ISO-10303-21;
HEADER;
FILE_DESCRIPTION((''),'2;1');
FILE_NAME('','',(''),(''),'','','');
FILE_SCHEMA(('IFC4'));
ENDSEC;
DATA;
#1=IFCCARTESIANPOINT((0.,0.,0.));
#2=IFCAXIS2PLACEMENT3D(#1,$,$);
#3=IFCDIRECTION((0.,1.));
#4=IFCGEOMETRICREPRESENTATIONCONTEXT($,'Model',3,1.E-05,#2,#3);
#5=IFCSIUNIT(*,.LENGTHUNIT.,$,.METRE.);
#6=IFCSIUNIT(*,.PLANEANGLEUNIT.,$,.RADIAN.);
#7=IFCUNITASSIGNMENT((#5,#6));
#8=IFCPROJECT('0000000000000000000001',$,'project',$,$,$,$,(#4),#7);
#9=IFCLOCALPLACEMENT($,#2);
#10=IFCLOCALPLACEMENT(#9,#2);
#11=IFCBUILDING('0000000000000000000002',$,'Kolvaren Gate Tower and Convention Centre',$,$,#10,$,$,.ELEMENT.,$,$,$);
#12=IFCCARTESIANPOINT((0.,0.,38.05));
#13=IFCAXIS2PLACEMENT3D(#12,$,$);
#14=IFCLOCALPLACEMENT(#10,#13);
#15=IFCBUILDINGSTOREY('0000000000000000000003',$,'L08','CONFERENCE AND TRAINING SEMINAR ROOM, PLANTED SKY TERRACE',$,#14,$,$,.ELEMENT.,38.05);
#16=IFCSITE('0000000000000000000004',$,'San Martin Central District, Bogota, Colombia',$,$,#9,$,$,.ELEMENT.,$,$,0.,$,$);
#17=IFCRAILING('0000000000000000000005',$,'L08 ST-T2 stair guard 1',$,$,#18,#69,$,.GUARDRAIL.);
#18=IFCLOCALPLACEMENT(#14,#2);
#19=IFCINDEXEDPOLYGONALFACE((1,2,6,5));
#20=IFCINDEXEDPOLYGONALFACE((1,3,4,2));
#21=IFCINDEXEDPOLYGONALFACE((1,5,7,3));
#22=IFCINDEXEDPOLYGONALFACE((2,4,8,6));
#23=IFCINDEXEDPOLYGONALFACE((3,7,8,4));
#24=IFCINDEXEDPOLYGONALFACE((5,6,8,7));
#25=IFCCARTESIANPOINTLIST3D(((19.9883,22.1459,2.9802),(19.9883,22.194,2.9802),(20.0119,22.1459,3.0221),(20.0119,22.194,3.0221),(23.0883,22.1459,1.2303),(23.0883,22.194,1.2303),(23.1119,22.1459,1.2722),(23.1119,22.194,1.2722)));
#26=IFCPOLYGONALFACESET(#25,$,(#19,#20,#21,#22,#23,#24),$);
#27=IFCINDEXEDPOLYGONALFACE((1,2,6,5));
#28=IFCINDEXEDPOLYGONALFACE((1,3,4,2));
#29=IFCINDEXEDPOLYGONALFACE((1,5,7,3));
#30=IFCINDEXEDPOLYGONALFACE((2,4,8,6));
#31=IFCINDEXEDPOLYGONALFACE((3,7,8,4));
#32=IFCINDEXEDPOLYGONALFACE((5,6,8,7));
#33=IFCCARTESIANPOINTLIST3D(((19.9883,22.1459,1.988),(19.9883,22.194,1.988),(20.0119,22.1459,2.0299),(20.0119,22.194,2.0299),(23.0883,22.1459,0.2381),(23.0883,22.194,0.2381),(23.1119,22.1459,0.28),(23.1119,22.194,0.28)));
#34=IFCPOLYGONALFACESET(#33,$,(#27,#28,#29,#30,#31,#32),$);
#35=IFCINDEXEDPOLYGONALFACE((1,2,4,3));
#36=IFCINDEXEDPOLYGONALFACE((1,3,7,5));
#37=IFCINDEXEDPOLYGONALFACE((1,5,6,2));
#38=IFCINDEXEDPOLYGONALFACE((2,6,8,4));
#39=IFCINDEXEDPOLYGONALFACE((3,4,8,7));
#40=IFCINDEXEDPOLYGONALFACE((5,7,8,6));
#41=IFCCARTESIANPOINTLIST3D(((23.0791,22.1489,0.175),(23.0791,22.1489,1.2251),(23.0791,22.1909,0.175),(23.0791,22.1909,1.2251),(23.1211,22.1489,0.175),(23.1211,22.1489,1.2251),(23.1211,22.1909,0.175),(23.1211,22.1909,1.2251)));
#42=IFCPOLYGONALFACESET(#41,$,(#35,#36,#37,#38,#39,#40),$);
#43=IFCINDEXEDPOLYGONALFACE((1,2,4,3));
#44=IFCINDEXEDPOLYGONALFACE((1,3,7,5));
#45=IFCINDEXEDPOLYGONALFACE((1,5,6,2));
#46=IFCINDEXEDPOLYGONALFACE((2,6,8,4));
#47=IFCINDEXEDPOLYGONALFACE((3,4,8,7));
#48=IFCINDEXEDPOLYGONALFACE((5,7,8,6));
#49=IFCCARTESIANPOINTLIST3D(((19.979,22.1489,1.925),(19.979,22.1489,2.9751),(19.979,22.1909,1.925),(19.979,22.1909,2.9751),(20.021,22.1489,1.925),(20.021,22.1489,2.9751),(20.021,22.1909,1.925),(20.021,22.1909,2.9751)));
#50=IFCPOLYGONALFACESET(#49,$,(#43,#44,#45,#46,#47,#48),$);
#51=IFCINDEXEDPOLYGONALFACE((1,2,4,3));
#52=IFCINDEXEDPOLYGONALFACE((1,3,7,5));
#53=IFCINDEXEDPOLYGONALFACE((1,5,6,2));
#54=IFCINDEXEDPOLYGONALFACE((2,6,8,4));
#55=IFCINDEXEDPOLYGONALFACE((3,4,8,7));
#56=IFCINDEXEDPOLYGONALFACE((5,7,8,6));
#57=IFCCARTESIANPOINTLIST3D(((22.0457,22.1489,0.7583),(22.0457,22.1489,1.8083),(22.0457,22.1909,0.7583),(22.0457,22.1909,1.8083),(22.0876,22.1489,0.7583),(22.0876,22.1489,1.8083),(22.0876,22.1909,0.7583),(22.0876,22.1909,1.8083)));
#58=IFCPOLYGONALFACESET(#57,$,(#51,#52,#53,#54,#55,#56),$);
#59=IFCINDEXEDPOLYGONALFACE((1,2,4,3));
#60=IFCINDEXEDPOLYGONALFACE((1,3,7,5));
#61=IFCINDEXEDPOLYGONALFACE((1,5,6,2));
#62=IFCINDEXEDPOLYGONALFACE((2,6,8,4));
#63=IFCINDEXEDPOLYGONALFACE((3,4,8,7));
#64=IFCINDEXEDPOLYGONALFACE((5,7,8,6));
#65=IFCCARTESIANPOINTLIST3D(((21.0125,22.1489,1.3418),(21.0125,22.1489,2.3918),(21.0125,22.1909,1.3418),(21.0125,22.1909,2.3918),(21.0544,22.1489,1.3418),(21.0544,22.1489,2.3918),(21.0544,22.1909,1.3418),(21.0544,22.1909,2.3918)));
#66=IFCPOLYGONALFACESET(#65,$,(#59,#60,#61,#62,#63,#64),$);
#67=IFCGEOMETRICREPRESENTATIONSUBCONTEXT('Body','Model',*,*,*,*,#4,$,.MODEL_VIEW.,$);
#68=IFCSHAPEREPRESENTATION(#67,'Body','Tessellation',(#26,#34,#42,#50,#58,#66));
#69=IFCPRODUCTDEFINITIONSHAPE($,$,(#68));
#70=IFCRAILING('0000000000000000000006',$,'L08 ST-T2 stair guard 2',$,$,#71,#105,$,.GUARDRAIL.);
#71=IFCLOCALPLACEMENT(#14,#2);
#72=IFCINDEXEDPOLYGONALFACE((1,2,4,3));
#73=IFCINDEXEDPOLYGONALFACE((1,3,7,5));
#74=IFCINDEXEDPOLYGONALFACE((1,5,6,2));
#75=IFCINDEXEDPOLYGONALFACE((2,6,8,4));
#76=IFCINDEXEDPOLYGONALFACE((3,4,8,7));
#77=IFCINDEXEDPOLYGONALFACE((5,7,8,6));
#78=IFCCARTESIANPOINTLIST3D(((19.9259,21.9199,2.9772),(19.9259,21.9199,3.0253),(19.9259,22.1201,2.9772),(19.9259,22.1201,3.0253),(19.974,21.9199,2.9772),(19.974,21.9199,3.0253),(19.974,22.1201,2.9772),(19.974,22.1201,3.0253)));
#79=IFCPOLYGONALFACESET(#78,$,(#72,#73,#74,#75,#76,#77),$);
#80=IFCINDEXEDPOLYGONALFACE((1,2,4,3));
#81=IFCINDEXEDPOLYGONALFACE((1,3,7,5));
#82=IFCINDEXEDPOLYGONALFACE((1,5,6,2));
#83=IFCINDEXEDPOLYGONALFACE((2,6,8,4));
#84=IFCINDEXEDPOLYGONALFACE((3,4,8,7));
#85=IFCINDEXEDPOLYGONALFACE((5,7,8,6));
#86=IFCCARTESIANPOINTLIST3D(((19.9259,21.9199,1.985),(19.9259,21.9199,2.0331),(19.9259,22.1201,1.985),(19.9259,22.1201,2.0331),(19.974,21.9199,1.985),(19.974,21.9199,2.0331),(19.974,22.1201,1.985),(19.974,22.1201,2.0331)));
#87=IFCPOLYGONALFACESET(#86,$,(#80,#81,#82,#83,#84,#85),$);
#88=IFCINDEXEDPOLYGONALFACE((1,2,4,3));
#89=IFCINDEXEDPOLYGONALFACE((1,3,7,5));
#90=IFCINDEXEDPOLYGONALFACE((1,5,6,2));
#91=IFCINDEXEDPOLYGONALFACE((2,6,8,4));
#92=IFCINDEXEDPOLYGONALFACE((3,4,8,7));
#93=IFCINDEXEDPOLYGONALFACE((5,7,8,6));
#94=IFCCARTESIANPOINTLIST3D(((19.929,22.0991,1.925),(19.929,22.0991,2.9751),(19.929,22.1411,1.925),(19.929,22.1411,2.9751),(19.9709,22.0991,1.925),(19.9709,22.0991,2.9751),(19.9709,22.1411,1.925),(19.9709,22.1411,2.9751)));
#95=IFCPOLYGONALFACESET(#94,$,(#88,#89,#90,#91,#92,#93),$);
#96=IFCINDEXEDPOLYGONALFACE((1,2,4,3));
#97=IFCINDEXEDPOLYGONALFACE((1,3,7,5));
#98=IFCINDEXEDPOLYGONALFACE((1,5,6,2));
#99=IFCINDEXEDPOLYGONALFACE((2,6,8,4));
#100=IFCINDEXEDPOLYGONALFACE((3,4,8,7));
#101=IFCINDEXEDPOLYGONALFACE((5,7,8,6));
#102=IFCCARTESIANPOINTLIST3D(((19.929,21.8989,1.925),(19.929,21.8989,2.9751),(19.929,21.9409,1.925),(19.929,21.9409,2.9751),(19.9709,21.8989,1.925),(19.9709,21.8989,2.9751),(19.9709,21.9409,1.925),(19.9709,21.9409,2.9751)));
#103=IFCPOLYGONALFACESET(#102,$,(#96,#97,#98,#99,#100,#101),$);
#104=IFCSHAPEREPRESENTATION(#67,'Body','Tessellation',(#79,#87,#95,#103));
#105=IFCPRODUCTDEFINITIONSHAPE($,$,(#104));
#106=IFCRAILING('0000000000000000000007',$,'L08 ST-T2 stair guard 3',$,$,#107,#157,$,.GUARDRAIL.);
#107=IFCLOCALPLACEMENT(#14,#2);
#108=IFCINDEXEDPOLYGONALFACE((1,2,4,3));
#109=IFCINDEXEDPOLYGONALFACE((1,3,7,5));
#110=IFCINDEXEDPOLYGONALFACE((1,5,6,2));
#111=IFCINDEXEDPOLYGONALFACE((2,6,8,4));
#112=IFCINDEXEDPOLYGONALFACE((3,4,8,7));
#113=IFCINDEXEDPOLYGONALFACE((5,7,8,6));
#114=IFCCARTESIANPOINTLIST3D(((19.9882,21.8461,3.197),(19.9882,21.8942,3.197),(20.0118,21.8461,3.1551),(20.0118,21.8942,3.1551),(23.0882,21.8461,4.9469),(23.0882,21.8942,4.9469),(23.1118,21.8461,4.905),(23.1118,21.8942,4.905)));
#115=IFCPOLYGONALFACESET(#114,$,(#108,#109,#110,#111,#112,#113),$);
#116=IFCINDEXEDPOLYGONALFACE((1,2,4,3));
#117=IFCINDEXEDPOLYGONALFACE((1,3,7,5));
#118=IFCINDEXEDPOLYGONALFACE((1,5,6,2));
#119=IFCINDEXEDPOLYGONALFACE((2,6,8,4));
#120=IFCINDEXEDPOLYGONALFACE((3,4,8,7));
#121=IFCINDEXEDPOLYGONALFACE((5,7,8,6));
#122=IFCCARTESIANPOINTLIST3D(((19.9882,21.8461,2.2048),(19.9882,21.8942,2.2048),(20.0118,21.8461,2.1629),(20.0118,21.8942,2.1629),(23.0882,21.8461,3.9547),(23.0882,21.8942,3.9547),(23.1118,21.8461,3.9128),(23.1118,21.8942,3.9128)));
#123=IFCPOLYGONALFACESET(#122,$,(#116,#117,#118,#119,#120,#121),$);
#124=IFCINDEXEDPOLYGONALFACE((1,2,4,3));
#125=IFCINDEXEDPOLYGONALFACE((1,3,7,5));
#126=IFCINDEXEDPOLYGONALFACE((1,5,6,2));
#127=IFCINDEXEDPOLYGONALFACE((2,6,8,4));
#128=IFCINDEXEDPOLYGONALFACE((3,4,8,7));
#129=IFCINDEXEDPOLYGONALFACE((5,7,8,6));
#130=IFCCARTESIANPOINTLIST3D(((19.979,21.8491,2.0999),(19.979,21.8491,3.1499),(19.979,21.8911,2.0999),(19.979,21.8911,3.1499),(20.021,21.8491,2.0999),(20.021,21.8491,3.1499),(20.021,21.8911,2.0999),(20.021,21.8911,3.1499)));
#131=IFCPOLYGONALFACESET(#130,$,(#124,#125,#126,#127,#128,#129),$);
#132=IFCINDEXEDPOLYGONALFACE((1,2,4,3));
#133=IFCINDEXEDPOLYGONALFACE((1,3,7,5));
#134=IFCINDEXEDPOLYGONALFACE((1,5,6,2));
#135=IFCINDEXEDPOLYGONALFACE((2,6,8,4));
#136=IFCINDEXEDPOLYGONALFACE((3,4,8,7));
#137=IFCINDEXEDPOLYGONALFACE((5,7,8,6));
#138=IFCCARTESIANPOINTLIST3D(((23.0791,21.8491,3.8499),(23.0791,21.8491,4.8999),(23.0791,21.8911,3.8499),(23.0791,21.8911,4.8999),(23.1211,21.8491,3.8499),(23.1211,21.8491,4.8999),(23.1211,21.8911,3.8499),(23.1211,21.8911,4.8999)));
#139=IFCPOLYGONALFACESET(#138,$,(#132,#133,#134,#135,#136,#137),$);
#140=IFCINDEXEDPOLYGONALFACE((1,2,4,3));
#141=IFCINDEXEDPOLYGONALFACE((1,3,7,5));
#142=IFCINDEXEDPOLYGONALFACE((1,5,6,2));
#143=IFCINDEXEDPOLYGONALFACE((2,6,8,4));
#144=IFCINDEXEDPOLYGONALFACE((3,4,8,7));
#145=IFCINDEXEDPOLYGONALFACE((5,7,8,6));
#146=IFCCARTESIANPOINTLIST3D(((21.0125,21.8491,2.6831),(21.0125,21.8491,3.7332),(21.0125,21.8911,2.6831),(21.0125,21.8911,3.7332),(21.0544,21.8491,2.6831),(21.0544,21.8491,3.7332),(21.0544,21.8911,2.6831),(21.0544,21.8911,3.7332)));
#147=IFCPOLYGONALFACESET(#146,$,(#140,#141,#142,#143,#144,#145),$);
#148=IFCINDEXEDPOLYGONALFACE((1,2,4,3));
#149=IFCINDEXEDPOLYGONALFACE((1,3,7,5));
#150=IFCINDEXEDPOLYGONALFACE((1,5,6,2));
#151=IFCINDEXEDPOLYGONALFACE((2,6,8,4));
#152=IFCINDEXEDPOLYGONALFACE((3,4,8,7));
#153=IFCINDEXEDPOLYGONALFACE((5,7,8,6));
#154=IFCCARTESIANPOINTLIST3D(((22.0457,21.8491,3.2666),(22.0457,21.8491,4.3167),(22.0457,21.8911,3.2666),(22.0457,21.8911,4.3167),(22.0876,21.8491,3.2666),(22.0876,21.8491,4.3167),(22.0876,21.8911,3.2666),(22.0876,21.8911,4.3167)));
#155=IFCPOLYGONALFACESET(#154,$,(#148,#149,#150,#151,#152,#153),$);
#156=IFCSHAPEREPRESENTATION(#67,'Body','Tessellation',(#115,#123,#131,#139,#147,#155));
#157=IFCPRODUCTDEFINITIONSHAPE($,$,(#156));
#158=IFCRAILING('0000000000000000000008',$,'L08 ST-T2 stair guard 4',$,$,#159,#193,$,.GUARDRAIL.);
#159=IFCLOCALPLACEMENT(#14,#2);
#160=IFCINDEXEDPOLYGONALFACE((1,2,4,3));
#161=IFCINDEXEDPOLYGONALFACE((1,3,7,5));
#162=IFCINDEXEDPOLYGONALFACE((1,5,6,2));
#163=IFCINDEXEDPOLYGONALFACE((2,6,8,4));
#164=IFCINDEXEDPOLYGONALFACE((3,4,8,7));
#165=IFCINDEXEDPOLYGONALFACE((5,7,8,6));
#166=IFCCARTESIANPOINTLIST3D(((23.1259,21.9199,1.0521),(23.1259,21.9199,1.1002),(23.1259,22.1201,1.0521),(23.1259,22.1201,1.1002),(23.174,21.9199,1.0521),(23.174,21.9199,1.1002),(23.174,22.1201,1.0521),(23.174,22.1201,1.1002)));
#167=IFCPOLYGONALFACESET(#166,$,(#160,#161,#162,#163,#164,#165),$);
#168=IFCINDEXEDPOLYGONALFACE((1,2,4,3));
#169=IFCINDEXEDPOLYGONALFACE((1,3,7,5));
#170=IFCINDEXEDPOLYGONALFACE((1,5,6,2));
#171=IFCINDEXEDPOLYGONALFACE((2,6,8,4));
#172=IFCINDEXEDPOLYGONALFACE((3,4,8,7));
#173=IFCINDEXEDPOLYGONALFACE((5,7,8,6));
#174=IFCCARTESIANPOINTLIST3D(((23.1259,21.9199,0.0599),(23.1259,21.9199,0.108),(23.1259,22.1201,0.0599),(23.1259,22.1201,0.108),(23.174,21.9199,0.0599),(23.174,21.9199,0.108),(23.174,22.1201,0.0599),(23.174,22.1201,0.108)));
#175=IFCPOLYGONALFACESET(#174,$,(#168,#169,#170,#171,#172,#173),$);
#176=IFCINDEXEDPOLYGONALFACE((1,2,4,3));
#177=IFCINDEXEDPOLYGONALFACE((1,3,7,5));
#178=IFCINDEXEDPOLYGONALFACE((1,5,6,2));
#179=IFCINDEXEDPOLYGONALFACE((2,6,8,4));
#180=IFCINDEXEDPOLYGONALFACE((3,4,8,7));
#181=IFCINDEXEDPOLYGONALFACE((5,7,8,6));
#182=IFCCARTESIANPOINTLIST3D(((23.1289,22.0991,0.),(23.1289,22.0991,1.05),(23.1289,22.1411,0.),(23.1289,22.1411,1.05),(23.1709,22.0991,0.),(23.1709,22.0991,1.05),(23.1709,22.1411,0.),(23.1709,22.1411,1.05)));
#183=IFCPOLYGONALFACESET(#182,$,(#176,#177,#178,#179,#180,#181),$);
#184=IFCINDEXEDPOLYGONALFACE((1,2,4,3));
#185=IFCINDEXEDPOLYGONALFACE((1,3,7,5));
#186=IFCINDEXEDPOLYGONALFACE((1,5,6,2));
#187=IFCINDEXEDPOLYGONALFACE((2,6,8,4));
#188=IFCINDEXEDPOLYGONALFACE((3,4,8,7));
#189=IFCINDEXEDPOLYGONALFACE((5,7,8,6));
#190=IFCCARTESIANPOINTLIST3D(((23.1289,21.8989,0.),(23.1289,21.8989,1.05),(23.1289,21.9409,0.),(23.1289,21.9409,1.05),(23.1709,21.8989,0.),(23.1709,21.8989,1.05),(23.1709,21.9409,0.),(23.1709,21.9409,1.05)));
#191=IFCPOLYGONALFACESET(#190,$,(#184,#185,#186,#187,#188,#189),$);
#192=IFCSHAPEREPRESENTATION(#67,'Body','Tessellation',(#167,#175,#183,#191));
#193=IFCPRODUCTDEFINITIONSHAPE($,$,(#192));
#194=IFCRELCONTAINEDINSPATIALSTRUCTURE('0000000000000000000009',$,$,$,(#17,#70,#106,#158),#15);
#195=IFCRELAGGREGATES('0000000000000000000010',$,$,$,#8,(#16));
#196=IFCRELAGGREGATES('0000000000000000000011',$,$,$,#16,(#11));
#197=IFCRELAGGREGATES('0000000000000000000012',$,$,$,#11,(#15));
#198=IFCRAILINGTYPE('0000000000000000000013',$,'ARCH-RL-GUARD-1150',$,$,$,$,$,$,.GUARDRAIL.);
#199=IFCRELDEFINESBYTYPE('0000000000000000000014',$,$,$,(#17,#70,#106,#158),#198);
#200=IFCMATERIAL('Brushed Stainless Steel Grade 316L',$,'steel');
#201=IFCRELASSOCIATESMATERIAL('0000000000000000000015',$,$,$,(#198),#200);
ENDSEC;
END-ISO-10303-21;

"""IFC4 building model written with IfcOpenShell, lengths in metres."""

from ifc_helpers import new_model, si_unit, direction, frame, origin, origin_2d, place, context, subcontext, project, spatial, rectangle, extrude, material, type_object, element, save


model = new_model("IFC4")

# Units and contexts
model_context = context("Model", 3, precision=1e-05, world=origin(), true_north=direction((0.0, 1.0)))
body_context = subcontext(model_context, "Body", "Model", "MODEL_VIEW")
ifc_project = project(units=[si_unit("LENGTHUNIT", "METRE"), si_unit("PLANEANGLEUNIT", "RADIAN")], contexts=[model_context])

# Site, building, storey
site_placement = place(None, origin())
site = spatial("IfcSite", under=ifc_project, at=site_placement, Name="San Martin Central District, Bogota, Colombia", CompositionType="ELEMENT", RefElevation=0.0)
building_placement = place(site_placement, origin())
building = spatial("IfcBuilding", under=site, at=building_placement, Name="Kolvaren Gate Tower and Convention Centre", CompositionType="ELEMENT")
storey_placement = place(building_placement, frame((0.0, 0.0, 38.05)))
storey = spatial("IfcBuildingStorey", under=building, at=storey_placement, Name="L08", Description="CONFERENCE AND TRAINING SEMINAR ROOM, PLANTED SKY TERRACE", CompositionType="ELEMENT", Elevation=38.05)

# Shared definitions
ifc_material_1 = material(Name="Brushed Stainless Steel Grade 316L", Category="steel")

# Railings
railing_type_1 = type_object("IfcRailingType", Name="ARCH-RL-GUARD-1150", PredefinedType="GUARDRAIL", material=ifc_material_1)
railing_1_placement = place(storey_placement, frame((23.1001, 22.1699, 0.175)))
element("IfcRailing", 1, at=railing_1_placement, inside=storey, type_object=railing_type_1, Name="L08 ST-T2 stair guard 1", PredefinedType="GUARDRAIL", context=body_context, shape_type="SweptSolid", body=[
    extrude(rectangle(XDim=0.0481, YDim=0.0481, at=origin_2d()), frame((0.0, 0.0, 1.0762), z_axis=(-0.870831, 0.0, 0.491583), x_axis=(0.0, -1.0, 0.0)), (0.0, 0.0, 1.0), 3.5598),
    extrude(rectangle(XDim=0.0481, YDim=0.0481, at=origin_2d()), frame((0.0, 0.0, 0.084), z_axis=(-0.870831, 0.0, 0.491583), x_axis=(0.0, -1.0, 0.0)), (0.0, 0.0, 1.0), 3.5598),
    extrude(rectangle(XDim=0.042, YDim=0.042, at=origin_2d()), origin(), (0.0, 0.0, 1.0), 1.05),
    extrude(rectangle(XDim=0.042, YDim=0.042, at=origin_2d()), frame((-3.1001, 0.0, 1.75)), (0.0, 0.0, 1.0), 1.05),
    extrude(rectangle(XDim=0.042, YDim=0.042, at=origin_2d()), frame((-1.0334, 0.0, 0.5833)), (0.0, 0.0, 1.0), 1.05),
    extrude(rectangle(XDim=0.042, YDim=0.042, at=origin_2d()), frame((-2.0667, 0.0, 1.1667)), (0.0, 0.0, 1.0), 1.05),
])
railing_2_placement = place(storey_placement, frame((19.95, 22.1201, 1.925)))
element("IfcRailing", 2, at=railing_2_placement, inside=storey, type_object=railing_type_1, Name="L08 ST-T2 stair guard 2", PredefinedType="GUARDRAIL", context=body_context, shape_type="SweptSolid", body=[
    extrude(rectangle(XDim=0.0481, YDim=0.0481, at=origin_2d()), frame((0.0, 0.0, 1.0762), z_axis=(0.0, -1.0, 0.0), x_axis=(1.0, 0.0, 0.0)), (0.0, 0.0, 1.0), 0.2002),
    extrude(rectangle(XDim=0.0481, YDim=0.0481, at=origin_2d()), frame((0.0, 0.0, 0.084), z_axis=(0.0, -1.0, 0.0), x_axis=(1.0, 0.0, 0.0)), (0.0, 0.0, 1.0), 0.2002),
    extrude(rectangle(XDim=0.042, YDim=0.042, at=origin_2d()), origin(), (0.0, 0.0, 1.0), 1.05),
    extrude(rectangle(XDim=0.042, YDim=0.042, at=origin_2d()), frame((0.0, -0.2002, 0.0)), (0.0, 0.0, 1.0), 1.05),
])
railing_3_placement = place(storey_placement, frame((20.0, 21.8701, 2.0999)))
element("IfcRailing", 3, at=railing_3_placement, inside=storey, type_object=railing_type_1, Name="L08 ST-T2 stair guard 3", PredefinedType="GUARDRAIL", context=body_context, shape_type="SweptSolid", body=[
    extrude(rectangle(XDim=0.0481, YDim=0.0481, at=origin_2d()), frame((0.0, 0.0, 1.0762), z_axis=(0.870831, 0.0, 0.491583), x_axis=(0.0, 1.0, 0.0)), (0.0, 0.0, 1.0), 3.5598),
    extrude(rectangle(XDim=0.0481, YDim=0.0481, at=origin_2d()), frame((0.0, 0.0, 0.084), z_axis=(0.870831, 0.0, 0.491583), x_axis=(0.0, 1.0, 0.0)), (0.0, 0.0, 1.0), 3.5598),
    extrude(rectangle(XDim=0.042, YDim=0.042, at=origin_2d()), origin(), (0.0, 0.0, 1.0), 1.05),
    extrude(rectangle(XDim=0.042, YDim=0.042, at=origin_2d()), frame((3.1001, 0.0, 1.75)), (0.0, 0.0, 1.0), 1.05),
    extrude(rectangle(XDim=0.042, YDim=0.042, at=origin_2d()), frame((1.0334, 0.0, 0.5833)), (0.0, 0.0, 1.0), 1.05),
    extrude(rectangle(XDim=0.042, YDim=0.042, at=origin_2d()), frame((2.0667, 0.0, 1.1667)), (0.0, 0.0, 1.0), 1.05),
])
railing_4_placement = place(storey_placement, frame((23.1499, 22.1201, 0.0)))
element("IfcRailing", 4, at=railing_4_placement, inside=storey, type_object=railing_type_1, Name="L08 ST-T2 stair guard 4", PredefinedType="GUARDRAIL", context=body_context, shape_type="SweptSolid", body=[
    extrude(rectangle(XDim=0.0481, YDim=0.0481, at=origin_2d()), frame((0.0, 0.0, 1.0762), z_axis=(0.0, -1.0, 0.0), x_axis=(1.0, 0.0, 0.0)), (0.0, 0.0, 1.0), 0.2002),
    extrude(rectangle(XDim=0.0481, YDim=0.0481, at=origin_2d()), frame((0.0, 0.0, 0.084), z_axis=(0.0, -1.0, 0.0), x_axis=(1.0, 0.0, 0.0)), (0.0, 0.0, 1.0), 0.2002),
    extrude(rectangle(XDim=0.042, YDim=0.042, at=origin_2d()), origin(), (0.0, 0.0, 1.0), 1.05),
    extrude(rectangle(XDim=0.042, YDim=0.042, at=origin_2d()), frame((0.0, -0.2002, 0.0)), (0.0, 0.0, 1.0), 1.05),
])

save(model, "model.ifc")
